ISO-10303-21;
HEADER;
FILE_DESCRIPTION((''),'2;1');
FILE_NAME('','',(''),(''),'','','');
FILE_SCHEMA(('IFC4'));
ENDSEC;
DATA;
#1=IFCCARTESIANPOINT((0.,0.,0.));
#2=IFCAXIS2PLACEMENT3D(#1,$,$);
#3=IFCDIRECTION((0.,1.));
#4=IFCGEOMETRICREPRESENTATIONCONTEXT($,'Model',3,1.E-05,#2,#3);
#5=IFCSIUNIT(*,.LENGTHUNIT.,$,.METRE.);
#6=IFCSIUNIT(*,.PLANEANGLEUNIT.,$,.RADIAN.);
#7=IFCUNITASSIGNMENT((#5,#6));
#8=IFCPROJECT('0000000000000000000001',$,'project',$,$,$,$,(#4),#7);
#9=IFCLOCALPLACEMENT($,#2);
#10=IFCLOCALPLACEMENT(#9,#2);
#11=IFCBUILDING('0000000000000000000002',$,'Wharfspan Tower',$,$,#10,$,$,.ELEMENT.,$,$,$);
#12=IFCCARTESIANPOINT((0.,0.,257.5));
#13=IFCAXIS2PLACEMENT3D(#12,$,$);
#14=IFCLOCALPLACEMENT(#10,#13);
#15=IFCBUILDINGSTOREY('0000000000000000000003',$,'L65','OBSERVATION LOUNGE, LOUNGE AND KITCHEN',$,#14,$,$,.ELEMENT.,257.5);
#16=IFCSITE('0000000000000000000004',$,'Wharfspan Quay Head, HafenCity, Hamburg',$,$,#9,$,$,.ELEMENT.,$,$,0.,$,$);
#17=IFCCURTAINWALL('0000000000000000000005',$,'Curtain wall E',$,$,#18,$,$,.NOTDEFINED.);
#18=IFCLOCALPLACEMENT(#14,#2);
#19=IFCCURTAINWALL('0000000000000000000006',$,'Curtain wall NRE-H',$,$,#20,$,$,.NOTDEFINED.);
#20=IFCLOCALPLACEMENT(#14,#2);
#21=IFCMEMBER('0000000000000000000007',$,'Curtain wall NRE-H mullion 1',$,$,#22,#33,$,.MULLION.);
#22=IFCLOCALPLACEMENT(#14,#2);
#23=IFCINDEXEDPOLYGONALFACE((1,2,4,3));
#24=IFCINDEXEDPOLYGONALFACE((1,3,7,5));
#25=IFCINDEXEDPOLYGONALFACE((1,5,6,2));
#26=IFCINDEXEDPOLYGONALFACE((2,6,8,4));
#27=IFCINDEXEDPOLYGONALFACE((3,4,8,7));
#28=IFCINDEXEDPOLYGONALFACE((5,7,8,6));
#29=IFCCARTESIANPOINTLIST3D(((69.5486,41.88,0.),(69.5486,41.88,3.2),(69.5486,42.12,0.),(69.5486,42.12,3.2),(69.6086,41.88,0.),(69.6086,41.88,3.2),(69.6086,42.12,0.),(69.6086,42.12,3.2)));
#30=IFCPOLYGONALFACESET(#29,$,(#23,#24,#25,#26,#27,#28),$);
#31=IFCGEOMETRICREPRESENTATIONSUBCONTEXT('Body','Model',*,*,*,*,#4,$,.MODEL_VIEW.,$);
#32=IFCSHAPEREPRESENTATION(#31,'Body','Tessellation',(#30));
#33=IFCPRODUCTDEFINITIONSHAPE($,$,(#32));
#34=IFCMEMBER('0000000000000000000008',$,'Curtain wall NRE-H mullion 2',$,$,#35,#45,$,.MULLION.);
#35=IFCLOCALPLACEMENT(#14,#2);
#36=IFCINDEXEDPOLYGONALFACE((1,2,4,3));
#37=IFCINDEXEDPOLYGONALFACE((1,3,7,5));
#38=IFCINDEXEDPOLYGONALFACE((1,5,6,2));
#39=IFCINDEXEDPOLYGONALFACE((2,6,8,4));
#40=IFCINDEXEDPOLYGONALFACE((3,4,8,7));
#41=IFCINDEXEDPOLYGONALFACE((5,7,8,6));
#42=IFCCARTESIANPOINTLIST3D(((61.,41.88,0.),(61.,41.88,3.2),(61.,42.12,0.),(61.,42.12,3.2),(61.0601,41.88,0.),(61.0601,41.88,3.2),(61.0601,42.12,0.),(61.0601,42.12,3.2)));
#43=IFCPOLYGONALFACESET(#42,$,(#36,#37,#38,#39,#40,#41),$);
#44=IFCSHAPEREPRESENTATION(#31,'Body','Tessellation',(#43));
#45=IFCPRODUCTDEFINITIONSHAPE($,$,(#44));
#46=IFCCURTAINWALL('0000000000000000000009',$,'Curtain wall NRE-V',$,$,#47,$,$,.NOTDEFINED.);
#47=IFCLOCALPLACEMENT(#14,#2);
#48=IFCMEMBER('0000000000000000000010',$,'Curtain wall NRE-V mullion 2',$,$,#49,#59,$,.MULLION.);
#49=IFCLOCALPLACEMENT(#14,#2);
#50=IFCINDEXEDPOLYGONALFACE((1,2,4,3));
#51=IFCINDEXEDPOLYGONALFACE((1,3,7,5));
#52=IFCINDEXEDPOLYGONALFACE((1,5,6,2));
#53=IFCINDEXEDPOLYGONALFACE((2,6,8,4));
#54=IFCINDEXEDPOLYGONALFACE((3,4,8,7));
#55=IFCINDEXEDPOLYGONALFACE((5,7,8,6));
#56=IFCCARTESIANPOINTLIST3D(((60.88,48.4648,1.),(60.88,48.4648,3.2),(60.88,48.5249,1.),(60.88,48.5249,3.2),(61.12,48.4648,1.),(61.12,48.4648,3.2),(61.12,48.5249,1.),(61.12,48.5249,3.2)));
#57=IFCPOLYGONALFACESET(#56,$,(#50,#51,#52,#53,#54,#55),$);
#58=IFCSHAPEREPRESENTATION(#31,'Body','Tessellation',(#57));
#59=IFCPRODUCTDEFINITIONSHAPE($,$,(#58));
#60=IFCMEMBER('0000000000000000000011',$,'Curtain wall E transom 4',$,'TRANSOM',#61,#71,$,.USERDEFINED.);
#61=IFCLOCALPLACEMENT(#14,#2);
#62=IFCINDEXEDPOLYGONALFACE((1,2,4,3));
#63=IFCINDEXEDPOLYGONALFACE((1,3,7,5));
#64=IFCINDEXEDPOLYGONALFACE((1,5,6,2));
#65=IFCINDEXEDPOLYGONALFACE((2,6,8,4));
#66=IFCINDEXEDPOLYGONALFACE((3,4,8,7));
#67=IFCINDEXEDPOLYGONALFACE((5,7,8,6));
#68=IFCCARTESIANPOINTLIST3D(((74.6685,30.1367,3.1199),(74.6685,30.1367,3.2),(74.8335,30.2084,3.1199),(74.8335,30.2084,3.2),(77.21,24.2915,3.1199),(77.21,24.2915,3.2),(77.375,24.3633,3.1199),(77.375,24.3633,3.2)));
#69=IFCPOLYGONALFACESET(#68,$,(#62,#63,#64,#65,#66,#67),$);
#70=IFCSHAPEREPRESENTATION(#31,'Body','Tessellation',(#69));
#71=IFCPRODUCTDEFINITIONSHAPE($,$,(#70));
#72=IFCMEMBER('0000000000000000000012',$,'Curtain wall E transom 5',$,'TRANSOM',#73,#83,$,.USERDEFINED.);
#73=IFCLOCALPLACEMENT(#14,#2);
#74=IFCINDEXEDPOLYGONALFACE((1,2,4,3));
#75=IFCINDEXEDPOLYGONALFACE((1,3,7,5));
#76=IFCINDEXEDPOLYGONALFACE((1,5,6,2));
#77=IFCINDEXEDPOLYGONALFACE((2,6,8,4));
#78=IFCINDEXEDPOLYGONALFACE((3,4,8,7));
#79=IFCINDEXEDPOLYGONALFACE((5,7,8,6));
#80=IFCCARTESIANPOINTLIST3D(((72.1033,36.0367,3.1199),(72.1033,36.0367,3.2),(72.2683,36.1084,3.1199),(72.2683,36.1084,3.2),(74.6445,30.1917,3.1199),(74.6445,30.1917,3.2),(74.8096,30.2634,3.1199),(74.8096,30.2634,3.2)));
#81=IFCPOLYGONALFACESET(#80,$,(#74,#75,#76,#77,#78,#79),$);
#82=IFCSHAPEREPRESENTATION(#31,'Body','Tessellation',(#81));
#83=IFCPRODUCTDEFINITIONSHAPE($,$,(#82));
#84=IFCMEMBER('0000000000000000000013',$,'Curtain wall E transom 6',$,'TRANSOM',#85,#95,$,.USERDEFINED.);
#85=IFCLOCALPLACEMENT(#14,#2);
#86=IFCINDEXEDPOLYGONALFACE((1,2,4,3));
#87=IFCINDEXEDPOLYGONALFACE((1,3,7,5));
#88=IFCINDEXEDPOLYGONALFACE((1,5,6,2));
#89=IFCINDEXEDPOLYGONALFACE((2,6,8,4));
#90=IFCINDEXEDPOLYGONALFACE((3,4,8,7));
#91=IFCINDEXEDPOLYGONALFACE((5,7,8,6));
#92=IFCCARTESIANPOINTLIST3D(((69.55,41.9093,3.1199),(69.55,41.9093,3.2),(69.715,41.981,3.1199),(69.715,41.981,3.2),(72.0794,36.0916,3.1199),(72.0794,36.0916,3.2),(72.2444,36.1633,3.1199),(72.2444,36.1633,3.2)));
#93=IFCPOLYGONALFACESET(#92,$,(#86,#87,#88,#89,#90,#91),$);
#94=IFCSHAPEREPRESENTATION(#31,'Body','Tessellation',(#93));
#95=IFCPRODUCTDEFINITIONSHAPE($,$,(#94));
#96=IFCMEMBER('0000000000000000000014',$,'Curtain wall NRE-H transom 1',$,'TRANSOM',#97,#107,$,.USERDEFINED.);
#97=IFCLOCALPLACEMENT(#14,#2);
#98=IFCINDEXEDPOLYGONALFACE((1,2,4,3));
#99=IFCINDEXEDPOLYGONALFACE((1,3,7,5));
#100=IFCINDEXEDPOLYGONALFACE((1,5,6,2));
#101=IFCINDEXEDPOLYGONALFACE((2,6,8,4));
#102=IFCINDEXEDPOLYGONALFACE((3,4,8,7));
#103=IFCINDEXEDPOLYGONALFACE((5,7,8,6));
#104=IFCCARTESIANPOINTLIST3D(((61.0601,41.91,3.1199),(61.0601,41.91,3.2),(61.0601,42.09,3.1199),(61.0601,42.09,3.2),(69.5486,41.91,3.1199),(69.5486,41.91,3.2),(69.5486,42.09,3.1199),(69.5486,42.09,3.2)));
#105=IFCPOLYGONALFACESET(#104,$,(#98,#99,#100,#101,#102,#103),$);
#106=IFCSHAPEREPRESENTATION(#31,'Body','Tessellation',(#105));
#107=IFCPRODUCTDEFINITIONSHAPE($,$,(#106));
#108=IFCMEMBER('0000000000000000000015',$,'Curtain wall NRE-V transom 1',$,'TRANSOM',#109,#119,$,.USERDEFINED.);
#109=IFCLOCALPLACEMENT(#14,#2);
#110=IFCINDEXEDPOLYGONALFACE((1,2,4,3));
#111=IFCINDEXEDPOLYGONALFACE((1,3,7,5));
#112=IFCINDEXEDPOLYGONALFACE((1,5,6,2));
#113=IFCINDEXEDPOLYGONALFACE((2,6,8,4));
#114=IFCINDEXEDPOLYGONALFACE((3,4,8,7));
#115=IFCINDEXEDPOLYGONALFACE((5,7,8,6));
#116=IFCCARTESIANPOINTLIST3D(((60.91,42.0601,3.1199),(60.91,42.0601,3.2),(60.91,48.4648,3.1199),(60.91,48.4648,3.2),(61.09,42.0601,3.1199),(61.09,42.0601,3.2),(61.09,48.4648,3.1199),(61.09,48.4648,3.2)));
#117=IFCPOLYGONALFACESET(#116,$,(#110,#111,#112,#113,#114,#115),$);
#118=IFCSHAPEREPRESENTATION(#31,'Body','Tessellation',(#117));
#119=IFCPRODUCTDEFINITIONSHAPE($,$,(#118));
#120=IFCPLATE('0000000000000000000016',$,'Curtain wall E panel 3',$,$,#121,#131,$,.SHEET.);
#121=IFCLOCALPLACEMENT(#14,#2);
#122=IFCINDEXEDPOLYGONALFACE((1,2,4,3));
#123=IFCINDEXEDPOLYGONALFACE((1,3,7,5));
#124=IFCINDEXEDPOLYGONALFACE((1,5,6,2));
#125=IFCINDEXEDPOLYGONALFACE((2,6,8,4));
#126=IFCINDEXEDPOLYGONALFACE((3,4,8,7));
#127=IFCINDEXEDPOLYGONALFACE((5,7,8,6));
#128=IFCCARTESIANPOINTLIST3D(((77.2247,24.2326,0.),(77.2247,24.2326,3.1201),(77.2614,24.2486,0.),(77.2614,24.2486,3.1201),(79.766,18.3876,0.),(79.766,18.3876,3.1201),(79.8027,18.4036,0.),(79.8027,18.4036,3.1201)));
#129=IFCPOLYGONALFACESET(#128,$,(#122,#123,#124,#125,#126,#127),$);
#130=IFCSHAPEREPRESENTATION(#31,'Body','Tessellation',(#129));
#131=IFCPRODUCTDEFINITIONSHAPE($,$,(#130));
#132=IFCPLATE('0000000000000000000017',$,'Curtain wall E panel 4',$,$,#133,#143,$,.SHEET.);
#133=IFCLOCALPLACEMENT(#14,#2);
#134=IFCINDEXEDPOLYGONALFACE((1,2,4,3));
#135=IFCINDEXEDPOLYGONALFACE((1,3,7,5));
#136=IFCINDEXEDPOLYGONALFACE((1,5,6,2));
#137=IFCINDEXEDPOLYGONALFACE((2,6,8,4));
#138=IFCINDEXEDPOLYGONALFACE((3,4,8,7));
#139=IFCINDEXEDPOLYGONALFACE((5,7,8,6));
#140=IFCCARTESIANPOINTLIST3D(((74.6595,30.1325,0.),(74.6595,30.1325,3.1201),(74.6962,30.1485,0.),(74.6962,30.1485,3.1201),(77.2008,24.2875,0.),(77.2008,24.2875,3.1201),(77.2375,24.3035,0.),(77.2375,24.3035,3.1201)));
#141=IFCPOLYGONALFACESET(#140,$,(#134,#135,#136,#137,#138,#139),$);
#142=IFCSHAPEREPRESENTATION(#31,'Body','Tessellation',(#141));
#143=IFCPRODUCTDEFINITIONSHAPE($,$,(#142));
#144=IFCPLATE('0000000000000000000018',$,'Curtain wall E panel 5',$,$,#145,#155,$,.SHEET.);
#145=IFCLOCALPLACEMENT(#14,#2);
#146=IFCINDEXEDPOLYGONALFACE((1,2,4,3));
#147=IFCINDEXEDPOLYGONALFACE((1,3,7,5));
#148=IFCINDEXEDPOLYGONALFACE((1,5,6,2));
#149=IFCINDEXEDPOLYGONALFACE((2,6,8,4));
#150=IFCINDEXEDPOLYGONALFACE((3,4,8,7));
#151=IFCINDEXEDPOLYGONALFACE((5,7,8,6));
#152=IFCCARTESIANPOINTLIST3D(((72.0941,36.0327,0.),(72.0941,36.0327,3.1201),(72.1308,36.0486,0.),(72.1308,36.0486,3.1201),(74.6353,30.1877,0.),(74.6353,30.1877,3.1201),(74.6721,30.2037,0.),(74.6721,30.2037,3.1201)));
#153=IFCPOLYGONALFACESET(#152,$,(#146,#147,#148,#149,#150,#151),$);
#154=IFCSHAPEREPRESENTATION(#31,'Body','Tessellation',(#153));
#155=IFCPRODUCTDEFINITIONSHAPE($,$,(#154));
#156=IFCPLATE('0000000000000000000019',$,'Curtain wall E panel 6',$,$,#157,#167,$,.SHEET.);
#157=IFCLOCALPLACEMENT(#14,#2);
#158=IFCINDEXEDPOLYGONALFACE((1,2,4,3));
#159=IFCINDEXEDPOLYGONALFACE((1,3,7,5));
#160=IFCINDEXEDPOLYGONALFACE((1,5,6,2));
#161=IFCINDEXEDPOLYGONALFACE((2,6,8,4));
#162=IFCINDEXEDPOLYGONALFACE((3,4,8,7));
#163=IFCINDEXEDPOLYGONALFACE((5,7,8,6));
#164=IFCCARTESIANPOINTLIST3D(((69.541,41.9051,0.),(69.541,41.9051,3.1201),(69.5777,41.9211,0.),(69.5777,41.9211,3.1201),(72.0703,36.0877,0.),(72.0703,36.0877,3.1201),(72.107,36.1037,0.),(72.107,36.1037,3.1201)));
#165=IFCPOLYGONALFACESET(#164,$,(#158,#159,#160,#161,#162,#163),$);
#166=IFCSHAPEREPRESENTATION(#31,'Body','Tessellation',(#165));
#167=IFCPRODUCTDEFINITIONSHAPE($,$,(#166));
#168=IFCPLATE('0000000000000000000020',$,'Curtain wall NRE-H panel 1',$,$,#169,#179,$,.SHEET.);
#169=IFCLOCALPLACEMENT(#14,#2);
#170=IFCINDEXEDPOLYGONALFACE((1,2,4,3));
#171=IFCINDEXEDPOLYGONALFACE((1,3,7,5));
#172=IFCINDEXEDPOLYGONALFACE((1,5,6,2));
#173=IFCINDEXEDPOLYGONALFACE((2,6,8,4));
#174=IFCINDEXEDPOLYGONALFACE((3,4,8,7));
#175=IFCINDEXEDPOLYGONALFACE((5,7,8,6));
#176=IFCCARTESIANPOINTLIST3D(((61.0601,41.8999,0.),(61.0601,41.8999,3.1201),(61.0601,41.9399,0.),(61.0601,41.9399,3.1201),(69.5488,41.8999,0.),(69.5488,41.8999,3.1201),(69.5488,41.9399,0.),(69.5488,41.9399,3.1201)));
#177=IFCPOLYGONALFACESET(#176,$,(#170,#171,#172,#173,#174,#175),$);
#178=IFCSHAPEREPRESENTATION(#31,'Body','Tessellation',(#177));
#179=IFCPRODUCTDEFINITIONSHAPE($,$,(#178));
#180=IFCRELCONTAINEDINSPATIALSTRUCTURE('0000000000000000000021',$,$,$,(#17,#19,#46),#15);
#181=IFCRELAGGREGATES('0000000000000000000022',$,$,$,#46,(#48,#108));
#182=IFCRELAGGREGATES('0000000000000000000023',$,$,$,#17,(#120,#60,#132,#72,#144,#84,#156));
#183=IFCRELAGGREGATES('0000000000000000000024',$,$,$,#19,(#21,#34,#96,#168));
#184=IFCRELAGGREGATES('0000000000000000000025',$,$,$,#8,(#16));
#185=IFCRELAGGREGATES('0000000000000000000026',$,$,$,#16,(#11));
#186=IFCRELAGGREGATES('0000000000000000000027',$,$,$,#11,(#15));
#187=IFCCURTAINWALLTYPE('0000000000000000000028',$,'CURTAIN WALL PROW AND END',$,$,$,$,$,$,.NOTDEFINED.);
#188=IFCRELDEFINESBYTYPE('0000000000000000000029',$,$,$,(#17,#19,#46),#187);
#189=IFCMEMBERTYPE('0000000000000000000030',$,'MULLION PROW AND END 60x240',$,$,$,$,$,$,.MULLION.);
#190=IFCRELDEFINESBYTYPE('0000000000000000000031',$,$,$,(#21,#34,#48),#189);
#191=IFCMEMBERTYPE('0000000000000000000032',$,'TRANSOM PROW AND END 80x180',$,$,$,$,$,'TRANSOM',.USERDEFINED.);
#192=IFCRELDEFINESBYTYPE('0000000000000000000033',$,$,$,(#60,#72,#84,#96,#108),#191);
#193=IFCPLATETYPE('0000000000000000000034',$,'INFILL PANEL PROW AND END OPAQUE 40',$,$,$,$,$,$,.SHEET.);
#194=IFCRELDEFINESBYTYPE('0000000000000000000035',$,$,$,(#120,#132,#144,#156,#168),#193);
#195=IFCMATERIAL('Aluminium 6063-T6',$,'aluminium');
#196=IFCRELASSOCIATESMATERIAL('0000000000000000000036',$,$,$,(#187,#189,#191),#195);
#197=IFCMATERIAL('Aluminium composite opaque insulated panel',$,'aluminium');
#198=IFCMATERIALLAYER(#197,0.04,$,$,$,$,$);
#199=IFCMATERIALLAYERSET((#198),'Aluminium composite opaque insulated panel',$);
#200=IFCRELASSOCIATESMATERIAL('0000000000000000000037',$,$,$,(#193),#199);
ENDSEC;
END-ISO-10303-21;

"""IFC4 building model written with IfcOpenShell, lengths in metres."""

from ifc_helpers import new_model, si_unit, direction, frame, origin, origin_2d, place, context, subcontext, project, spatial, rectangle, extrude, material, layer, layer_set, material_profile, profile_set, type_object, element, aggregate, save


model = new_model("IFC4")

# Units and contexts
model_context = context("Model", 3, precision=1e-05, world=origin(), true_north=direction((0.0, 1.0)))
body_context = subcontext(model_context, "Body", "Model", "MODEL_VIEW")
ifc_project = project(units=[si_unit("LENGTHUNIT", "METRE"), si_unit("PLANEANGLEUNIT", "RADIAN")], contexts=[model_context])

# Site, building, storey
site_placement = place(None, origin())
site = spatial("IfcSite", under=ifc_project, at=site_placement, Name="Wharfspan Quay Head, HafenCity, Hamburg", CompositionType="ELEMENT", RefElevation=0.0)
building_placement = place(site_placement, origin())
building = spatial("IfcBuilding", under=site, at=building_placement, Name="Wharfspan Tower", CompositionType="ELEMENT")
storey_placement = place(building_placement, frame((0.0, 0.0, 257.5)))
storey = spatial("IfcBuildingStorey", under=building, at=storey_placement, Name="L65", Description="OBSERVATION LOUNGE, LOUNGE AND KITCHEN", CompositionType="ELEMENT", Elevation=257.5)

# Curtain walls, members
ifc_material_1 = material(Name="Aluminium 6063-T6", Category="aluminium")
curtain_wall_type = type_object("IfcCurtainWallType", Name="CURTAIN WALL PROW AND END", PredefinedType="NOTDEFINED", material=ifc_material_1)
curtain_wall_1_placement = place(storey_placement, origin())
curtain_wall_1 = element("IfcCurtainWall", 1, at=curtain_wall_1_placement, inside=storey, type_object=curtain_wall_type, Name="Curtain wall E", PredefinedType="NOTDEFINED")
ifc_material_profile_1 = material_profile(ifc_material_1, rectangle(XDim=0.24, YDim=0.0601, at=origin_2d()))
ifc_profile_set_1 = profile_set([ifc_material_profile_1], Name="Aluminium 6063-T6")
member_type_1 = type_object("IfcMemberType", Name="MULLION PROW AND END 60x240", PredefinedType="MULLION", material=ifc_profile_set_1)
curtain_wall_2_placement = place(storey_placement, origin())
curtain_wall_2 = element("IfcCurtainWall", 2, at=curtain_wall_2_placement, inside=storey, type_object=curtain_wall_type, Name="Curtain wall NRE-H", PredefinedType="NOTDEFINED")
member_1_placement = place(storey_placement, frame((69.5786, 42.0, 0.0), z_axis=(0.0, 0.0, 1.0), x_axis=(0.0, -1.0, 0.0)))
member_1 = element("IfcMember", 3, at=member_1_placement, type_object=member_type_1, Name="Curtain wall NRE-H mullion 1", PredefinedType="MULLION", context=body_context, shape_type="SweptSolid", body=[
    extrude(rectangle(XDim=0.24, YDim=0.0601, at=origin_2d()), origin(), (0.0, 0.0, 1.0), 3.2),
])
member_2_placement = place(storey_placement, frame((61.03, 42.0, 0.0), z_axis=(0.0, 0.0, 1.0), x_axis=(0.0, -1.0, 0.0)))
member_2 = element("IfcMember", 4, at=member_2_placement, type_object=member_type_1, Name="Curtain wall NRE-H mullion 2", PredefinedType="MULLION", context=body_context, shape_type="SweptSolid", body=[
    extrude(rectangle(XDim=0.24, YDim=0.0601, at=origin_2d()), origin(), (0.0, 0.0, 1.0), 3.2),
])

# Curtain wall, member
curtain_wall_3_placement = place(storey_placement, origin())
curtain_wall_3 = element("IfcCurtainWall", 5, at=curtain_wall_3_placement, inside=storey, type_object=curtain_wall_type, Name="Curtain wall NRE-V", PredefinedType="NOTDEFINED")
member_3_placement = place(storey_placement, frame((61.0, 48.4949, 1.0), z_axis=(0.0, 0.0, 1.0), x_axis=(-1.0, 0.0, 0.0)))
member_3 = element("IfcMember", 6, at=member_3_placement, type_object=member_type_1, Name="Curtain wall NRE-V mullion 2", PredefinedType="MULLION", context=body_context, shape_type="SweptSolid", body=[
    extrude(rectangle(XDim=0.24, YDim=0.0601, at=origin_2d()), origin(), (0.0, 0.0, 1.0), 2.2),
])

# Members
ifc_material_profile_2 = material_profile(ifc_material_1, rectangle(XDim=0.1799, YDim=0.0801, at=origin_2d()))
ifc_profile_set_2 = profile_set([ifc_material_profile_2], Name="Aluminium 6063-T6")
member_type_2 = type_object("IfcMemberType", Name="TRANSOM PROW AND END 80x180", ElementType="TRANSOM", PredefinedType="USERDEFINED", material=ifc_profile_set_2)
member_4_placement = place(storey_placement, frame((77.2925, 24.3274, 3.1599), z_axis=(-0.39874, 0.917064, 0.0), x_axis=(-0.917064, -0.39874, 0.0)))
member_4 = element("IfcMember", 7, at=member_4_placement, type_object=member_type_2, Name="Curtain wall E transom 4", ObjectType="TRANSOM", PredefinedType="USERDEFINED", context=body_context, shape_type="SweptSolid", body=[
    extrude(rectangle(XDim=0.1799, YDim=0.0801, at=origin_2d()), origin(), (0.0, 0.0, 1.0), 6.3738),
])
member_5_placement = place(storey_placement, frame((74.7271, 30.2275, 3.1599), z_axis=(-0.398722, 0.917072, 0.0), x_axis=(-0.917072, -0.398722, 0.0)))
member_5 = element("IfcMember", 8, at=member_5_placement, type_object=member_type_2, Name="Curtain wall E transom 5", ObjectType="TRANSOM", PredefinedType="USERDEFINED", context=body_context, shape_type="SweptSolid", body=[
    extrude(rectangle(XDim=0.1799, YDim=0.0801, at=origin_2d()), origin(), (0.0, 0.0, 1.0), 6.3735),
])
member_6_placement = place(storey_placement, frame((72.1619, 36.1274, 3.1599), z_axis=(-0.398712, 0.917076, 0.0), x_axis=(-0.917076, -0.398712, 0.0)))
member_6 = element("IfcMember", 9, at=member_6_placement, type_object=member_type_2, Name="Curtain wall E transom 6", ObjectType="TRANSOM", PredefinedType="USERDEFINED", context=body_context, shape_type="SweptSolid", body=[
    extrude(rectangle(XDim=0.1799, YDim=0.0801, at=origin_2d()), origin(), (0.0, 0.0, 1.0), 6.3438),
])
member_7_placement = place(storey_placement, frame((69.5486, 42.0, 3.1599), z_axis=(-1.0, 0.0, 0.0), x_axis=(0.0, -1.0, 0.0)))
member_7 = element("IfcMember", 10, at=member_7_placement, type_object=member_type_2, Name="Curtain wall NRE-H transom 1", ObjectType="TRANSOM", PredefinedType="USERDEFINED", context=body_context, shape_type="SweptSolid", body=[
    extrude(rectangle(XDim=0.1799, YDim=0.0801, at=origin_2d()), origin(), (0.0, 0.0, 1.0), 8.4885),
])
member_8_placement = place(storey_placement, frame((61.0, 42.0601, 3.1599), z_axis=(0.0, 1.0, 0.0), x_axis=(-1.0, 0.0, 0.0)))
member_8 = element("IfcMember", 11, at=member_8_placement, type_object=member_type_2, Name="Curtain wall NRE-V transom 1", ObjectType="TRANSOM", PredefinedType="USERDEFINED", context=body_context, shape_type="SweptSolid", body=[
    extrude(rectangle(XDim=0.1799, YDim=0.0801, at=origin_2d()), origin(), (0.0, 0.0, 1.0), 6.4048),
])
aggregate(curtain_wall_3, [member_3, member_8])

# Plates
ifc_material_2 = material(Name="Aluminium composite opaque insulated panel", Category="aluminium")
ifc_layer_1 = layer(ifc_material_2, 0.04)
ifc_layer_set_1 = layer_set([ifc_layer_1], Name="Aluminium composite opaque insulated panel")
plate_type = type_object("IfcPlateType", Name="INFILL PANEL PROW AND END OPAQUE 40", PredefinedType="SHEET", material=ifc_layer_set_1)
plate_1_placement = place(storey_placement, frame((78.5137, 21.3181, 0.0), z_axis=(0.0, 0.0, 1.0), x_axis=(-0.398727, 0.917072, 0.0)))
plate_1 = element("IfcPlate", 12, at=plate_1_placement, type_object=plate_type, Name="Curtain wall E panel 3", PredefinedType="SHEET", context=body_context, shape_type="SweptSolid", body=[
    extrude(rectangle(XDim=6.3735, YDim=0.04, at=origin_2d()), origin(), (0.0, 0.0, 1.0), 3.1201),
])
plate_2_placement = place(storey_placement, frame((75.9485, 27.218, 0.0), z_axis=(0.0, 0.0, 1.0), x_axis=(-0.398727, 0.917072, 0.0)))
plate_2 = element("IfcPlate", 13, at=plate_2_placement, type_object=plate_type, Name="Curtain wall E panel 4", PredefinedType="SHEET", context=body_context, shape_type="SweptSolid", body=[
    extrude(rectangle(XDim=6.3735, YDim=0.04, at=origin_2d()), origin(), (0.0, 0.0, 1.0), 3.1201),
])
plate_3_placement = place(storey_placement, frame((73.3831, 33.1182, 0.0), z_axis=(0.0, 0.0, 1.0), x_axis=(-0.398727, 0.917072, 0.0)))
plate_3 = element("IfcPlate", 14, at=plate_3_placement, type_object=plate_type, Name="Curtain wall E panel 5", PredefinedType="SHEET", context=body_context, shape_type="SweptSolid", body=[
    extrude(rectangle(XDim=6.3735, YDim=0.04, at=origin_2d()), origin(), (0.0, 0.0, 1.0), 3.1201),
])
plate_4_placement = place(storey_placement, frame((70.824, 39.0044, 0.0), z_axis=(0.0, 0.0, 1.0), x_axis=(-0.398727, 0.917072, 0.0)))
plate_4 = element("IfcPlate", 15, at=plate_4_placement, type_object=plate_type, Name="Curtain wall E panel 6", PredefinedType="SHEET", context=body_context, shape_type="SweptSolid", body=[
    extrude(rectangle(XDim=6.3435, YDim=0.04, at=origin_2d()), origin(), (0.0, 0.0, 1.0), 3.1201),
])
aggregate(curtain_wall_1, [plate_1, member_4, plate_2, member_5, plate_3, member_6, plate_4])
plate_5_placement = place(storey_placement, frame((65.3044, 41.9199, 0.0), z_axis=(0.0, 0.0, 1.0), x_axis=(-1.0, 0.0, 0.0)))
plate_5 = element("IfcPlate", 16, at=plate_5_placement, type_object=plate_type, Name="Curtain wall NRE-H panel 1", PredefinedType="SHEET", context=body_context, shape_type="SweptSolid", body=[
    extrude(rectangle(XDim=8.4888, YDim=0.04, at=origin_2d()), origin(), (0.0, 0.0, 1.0), 3.1201),
])
aggregate(curtain_wall_2, [member_1, member_2, member_7, plate_5])

save(model, "model.ifc")
